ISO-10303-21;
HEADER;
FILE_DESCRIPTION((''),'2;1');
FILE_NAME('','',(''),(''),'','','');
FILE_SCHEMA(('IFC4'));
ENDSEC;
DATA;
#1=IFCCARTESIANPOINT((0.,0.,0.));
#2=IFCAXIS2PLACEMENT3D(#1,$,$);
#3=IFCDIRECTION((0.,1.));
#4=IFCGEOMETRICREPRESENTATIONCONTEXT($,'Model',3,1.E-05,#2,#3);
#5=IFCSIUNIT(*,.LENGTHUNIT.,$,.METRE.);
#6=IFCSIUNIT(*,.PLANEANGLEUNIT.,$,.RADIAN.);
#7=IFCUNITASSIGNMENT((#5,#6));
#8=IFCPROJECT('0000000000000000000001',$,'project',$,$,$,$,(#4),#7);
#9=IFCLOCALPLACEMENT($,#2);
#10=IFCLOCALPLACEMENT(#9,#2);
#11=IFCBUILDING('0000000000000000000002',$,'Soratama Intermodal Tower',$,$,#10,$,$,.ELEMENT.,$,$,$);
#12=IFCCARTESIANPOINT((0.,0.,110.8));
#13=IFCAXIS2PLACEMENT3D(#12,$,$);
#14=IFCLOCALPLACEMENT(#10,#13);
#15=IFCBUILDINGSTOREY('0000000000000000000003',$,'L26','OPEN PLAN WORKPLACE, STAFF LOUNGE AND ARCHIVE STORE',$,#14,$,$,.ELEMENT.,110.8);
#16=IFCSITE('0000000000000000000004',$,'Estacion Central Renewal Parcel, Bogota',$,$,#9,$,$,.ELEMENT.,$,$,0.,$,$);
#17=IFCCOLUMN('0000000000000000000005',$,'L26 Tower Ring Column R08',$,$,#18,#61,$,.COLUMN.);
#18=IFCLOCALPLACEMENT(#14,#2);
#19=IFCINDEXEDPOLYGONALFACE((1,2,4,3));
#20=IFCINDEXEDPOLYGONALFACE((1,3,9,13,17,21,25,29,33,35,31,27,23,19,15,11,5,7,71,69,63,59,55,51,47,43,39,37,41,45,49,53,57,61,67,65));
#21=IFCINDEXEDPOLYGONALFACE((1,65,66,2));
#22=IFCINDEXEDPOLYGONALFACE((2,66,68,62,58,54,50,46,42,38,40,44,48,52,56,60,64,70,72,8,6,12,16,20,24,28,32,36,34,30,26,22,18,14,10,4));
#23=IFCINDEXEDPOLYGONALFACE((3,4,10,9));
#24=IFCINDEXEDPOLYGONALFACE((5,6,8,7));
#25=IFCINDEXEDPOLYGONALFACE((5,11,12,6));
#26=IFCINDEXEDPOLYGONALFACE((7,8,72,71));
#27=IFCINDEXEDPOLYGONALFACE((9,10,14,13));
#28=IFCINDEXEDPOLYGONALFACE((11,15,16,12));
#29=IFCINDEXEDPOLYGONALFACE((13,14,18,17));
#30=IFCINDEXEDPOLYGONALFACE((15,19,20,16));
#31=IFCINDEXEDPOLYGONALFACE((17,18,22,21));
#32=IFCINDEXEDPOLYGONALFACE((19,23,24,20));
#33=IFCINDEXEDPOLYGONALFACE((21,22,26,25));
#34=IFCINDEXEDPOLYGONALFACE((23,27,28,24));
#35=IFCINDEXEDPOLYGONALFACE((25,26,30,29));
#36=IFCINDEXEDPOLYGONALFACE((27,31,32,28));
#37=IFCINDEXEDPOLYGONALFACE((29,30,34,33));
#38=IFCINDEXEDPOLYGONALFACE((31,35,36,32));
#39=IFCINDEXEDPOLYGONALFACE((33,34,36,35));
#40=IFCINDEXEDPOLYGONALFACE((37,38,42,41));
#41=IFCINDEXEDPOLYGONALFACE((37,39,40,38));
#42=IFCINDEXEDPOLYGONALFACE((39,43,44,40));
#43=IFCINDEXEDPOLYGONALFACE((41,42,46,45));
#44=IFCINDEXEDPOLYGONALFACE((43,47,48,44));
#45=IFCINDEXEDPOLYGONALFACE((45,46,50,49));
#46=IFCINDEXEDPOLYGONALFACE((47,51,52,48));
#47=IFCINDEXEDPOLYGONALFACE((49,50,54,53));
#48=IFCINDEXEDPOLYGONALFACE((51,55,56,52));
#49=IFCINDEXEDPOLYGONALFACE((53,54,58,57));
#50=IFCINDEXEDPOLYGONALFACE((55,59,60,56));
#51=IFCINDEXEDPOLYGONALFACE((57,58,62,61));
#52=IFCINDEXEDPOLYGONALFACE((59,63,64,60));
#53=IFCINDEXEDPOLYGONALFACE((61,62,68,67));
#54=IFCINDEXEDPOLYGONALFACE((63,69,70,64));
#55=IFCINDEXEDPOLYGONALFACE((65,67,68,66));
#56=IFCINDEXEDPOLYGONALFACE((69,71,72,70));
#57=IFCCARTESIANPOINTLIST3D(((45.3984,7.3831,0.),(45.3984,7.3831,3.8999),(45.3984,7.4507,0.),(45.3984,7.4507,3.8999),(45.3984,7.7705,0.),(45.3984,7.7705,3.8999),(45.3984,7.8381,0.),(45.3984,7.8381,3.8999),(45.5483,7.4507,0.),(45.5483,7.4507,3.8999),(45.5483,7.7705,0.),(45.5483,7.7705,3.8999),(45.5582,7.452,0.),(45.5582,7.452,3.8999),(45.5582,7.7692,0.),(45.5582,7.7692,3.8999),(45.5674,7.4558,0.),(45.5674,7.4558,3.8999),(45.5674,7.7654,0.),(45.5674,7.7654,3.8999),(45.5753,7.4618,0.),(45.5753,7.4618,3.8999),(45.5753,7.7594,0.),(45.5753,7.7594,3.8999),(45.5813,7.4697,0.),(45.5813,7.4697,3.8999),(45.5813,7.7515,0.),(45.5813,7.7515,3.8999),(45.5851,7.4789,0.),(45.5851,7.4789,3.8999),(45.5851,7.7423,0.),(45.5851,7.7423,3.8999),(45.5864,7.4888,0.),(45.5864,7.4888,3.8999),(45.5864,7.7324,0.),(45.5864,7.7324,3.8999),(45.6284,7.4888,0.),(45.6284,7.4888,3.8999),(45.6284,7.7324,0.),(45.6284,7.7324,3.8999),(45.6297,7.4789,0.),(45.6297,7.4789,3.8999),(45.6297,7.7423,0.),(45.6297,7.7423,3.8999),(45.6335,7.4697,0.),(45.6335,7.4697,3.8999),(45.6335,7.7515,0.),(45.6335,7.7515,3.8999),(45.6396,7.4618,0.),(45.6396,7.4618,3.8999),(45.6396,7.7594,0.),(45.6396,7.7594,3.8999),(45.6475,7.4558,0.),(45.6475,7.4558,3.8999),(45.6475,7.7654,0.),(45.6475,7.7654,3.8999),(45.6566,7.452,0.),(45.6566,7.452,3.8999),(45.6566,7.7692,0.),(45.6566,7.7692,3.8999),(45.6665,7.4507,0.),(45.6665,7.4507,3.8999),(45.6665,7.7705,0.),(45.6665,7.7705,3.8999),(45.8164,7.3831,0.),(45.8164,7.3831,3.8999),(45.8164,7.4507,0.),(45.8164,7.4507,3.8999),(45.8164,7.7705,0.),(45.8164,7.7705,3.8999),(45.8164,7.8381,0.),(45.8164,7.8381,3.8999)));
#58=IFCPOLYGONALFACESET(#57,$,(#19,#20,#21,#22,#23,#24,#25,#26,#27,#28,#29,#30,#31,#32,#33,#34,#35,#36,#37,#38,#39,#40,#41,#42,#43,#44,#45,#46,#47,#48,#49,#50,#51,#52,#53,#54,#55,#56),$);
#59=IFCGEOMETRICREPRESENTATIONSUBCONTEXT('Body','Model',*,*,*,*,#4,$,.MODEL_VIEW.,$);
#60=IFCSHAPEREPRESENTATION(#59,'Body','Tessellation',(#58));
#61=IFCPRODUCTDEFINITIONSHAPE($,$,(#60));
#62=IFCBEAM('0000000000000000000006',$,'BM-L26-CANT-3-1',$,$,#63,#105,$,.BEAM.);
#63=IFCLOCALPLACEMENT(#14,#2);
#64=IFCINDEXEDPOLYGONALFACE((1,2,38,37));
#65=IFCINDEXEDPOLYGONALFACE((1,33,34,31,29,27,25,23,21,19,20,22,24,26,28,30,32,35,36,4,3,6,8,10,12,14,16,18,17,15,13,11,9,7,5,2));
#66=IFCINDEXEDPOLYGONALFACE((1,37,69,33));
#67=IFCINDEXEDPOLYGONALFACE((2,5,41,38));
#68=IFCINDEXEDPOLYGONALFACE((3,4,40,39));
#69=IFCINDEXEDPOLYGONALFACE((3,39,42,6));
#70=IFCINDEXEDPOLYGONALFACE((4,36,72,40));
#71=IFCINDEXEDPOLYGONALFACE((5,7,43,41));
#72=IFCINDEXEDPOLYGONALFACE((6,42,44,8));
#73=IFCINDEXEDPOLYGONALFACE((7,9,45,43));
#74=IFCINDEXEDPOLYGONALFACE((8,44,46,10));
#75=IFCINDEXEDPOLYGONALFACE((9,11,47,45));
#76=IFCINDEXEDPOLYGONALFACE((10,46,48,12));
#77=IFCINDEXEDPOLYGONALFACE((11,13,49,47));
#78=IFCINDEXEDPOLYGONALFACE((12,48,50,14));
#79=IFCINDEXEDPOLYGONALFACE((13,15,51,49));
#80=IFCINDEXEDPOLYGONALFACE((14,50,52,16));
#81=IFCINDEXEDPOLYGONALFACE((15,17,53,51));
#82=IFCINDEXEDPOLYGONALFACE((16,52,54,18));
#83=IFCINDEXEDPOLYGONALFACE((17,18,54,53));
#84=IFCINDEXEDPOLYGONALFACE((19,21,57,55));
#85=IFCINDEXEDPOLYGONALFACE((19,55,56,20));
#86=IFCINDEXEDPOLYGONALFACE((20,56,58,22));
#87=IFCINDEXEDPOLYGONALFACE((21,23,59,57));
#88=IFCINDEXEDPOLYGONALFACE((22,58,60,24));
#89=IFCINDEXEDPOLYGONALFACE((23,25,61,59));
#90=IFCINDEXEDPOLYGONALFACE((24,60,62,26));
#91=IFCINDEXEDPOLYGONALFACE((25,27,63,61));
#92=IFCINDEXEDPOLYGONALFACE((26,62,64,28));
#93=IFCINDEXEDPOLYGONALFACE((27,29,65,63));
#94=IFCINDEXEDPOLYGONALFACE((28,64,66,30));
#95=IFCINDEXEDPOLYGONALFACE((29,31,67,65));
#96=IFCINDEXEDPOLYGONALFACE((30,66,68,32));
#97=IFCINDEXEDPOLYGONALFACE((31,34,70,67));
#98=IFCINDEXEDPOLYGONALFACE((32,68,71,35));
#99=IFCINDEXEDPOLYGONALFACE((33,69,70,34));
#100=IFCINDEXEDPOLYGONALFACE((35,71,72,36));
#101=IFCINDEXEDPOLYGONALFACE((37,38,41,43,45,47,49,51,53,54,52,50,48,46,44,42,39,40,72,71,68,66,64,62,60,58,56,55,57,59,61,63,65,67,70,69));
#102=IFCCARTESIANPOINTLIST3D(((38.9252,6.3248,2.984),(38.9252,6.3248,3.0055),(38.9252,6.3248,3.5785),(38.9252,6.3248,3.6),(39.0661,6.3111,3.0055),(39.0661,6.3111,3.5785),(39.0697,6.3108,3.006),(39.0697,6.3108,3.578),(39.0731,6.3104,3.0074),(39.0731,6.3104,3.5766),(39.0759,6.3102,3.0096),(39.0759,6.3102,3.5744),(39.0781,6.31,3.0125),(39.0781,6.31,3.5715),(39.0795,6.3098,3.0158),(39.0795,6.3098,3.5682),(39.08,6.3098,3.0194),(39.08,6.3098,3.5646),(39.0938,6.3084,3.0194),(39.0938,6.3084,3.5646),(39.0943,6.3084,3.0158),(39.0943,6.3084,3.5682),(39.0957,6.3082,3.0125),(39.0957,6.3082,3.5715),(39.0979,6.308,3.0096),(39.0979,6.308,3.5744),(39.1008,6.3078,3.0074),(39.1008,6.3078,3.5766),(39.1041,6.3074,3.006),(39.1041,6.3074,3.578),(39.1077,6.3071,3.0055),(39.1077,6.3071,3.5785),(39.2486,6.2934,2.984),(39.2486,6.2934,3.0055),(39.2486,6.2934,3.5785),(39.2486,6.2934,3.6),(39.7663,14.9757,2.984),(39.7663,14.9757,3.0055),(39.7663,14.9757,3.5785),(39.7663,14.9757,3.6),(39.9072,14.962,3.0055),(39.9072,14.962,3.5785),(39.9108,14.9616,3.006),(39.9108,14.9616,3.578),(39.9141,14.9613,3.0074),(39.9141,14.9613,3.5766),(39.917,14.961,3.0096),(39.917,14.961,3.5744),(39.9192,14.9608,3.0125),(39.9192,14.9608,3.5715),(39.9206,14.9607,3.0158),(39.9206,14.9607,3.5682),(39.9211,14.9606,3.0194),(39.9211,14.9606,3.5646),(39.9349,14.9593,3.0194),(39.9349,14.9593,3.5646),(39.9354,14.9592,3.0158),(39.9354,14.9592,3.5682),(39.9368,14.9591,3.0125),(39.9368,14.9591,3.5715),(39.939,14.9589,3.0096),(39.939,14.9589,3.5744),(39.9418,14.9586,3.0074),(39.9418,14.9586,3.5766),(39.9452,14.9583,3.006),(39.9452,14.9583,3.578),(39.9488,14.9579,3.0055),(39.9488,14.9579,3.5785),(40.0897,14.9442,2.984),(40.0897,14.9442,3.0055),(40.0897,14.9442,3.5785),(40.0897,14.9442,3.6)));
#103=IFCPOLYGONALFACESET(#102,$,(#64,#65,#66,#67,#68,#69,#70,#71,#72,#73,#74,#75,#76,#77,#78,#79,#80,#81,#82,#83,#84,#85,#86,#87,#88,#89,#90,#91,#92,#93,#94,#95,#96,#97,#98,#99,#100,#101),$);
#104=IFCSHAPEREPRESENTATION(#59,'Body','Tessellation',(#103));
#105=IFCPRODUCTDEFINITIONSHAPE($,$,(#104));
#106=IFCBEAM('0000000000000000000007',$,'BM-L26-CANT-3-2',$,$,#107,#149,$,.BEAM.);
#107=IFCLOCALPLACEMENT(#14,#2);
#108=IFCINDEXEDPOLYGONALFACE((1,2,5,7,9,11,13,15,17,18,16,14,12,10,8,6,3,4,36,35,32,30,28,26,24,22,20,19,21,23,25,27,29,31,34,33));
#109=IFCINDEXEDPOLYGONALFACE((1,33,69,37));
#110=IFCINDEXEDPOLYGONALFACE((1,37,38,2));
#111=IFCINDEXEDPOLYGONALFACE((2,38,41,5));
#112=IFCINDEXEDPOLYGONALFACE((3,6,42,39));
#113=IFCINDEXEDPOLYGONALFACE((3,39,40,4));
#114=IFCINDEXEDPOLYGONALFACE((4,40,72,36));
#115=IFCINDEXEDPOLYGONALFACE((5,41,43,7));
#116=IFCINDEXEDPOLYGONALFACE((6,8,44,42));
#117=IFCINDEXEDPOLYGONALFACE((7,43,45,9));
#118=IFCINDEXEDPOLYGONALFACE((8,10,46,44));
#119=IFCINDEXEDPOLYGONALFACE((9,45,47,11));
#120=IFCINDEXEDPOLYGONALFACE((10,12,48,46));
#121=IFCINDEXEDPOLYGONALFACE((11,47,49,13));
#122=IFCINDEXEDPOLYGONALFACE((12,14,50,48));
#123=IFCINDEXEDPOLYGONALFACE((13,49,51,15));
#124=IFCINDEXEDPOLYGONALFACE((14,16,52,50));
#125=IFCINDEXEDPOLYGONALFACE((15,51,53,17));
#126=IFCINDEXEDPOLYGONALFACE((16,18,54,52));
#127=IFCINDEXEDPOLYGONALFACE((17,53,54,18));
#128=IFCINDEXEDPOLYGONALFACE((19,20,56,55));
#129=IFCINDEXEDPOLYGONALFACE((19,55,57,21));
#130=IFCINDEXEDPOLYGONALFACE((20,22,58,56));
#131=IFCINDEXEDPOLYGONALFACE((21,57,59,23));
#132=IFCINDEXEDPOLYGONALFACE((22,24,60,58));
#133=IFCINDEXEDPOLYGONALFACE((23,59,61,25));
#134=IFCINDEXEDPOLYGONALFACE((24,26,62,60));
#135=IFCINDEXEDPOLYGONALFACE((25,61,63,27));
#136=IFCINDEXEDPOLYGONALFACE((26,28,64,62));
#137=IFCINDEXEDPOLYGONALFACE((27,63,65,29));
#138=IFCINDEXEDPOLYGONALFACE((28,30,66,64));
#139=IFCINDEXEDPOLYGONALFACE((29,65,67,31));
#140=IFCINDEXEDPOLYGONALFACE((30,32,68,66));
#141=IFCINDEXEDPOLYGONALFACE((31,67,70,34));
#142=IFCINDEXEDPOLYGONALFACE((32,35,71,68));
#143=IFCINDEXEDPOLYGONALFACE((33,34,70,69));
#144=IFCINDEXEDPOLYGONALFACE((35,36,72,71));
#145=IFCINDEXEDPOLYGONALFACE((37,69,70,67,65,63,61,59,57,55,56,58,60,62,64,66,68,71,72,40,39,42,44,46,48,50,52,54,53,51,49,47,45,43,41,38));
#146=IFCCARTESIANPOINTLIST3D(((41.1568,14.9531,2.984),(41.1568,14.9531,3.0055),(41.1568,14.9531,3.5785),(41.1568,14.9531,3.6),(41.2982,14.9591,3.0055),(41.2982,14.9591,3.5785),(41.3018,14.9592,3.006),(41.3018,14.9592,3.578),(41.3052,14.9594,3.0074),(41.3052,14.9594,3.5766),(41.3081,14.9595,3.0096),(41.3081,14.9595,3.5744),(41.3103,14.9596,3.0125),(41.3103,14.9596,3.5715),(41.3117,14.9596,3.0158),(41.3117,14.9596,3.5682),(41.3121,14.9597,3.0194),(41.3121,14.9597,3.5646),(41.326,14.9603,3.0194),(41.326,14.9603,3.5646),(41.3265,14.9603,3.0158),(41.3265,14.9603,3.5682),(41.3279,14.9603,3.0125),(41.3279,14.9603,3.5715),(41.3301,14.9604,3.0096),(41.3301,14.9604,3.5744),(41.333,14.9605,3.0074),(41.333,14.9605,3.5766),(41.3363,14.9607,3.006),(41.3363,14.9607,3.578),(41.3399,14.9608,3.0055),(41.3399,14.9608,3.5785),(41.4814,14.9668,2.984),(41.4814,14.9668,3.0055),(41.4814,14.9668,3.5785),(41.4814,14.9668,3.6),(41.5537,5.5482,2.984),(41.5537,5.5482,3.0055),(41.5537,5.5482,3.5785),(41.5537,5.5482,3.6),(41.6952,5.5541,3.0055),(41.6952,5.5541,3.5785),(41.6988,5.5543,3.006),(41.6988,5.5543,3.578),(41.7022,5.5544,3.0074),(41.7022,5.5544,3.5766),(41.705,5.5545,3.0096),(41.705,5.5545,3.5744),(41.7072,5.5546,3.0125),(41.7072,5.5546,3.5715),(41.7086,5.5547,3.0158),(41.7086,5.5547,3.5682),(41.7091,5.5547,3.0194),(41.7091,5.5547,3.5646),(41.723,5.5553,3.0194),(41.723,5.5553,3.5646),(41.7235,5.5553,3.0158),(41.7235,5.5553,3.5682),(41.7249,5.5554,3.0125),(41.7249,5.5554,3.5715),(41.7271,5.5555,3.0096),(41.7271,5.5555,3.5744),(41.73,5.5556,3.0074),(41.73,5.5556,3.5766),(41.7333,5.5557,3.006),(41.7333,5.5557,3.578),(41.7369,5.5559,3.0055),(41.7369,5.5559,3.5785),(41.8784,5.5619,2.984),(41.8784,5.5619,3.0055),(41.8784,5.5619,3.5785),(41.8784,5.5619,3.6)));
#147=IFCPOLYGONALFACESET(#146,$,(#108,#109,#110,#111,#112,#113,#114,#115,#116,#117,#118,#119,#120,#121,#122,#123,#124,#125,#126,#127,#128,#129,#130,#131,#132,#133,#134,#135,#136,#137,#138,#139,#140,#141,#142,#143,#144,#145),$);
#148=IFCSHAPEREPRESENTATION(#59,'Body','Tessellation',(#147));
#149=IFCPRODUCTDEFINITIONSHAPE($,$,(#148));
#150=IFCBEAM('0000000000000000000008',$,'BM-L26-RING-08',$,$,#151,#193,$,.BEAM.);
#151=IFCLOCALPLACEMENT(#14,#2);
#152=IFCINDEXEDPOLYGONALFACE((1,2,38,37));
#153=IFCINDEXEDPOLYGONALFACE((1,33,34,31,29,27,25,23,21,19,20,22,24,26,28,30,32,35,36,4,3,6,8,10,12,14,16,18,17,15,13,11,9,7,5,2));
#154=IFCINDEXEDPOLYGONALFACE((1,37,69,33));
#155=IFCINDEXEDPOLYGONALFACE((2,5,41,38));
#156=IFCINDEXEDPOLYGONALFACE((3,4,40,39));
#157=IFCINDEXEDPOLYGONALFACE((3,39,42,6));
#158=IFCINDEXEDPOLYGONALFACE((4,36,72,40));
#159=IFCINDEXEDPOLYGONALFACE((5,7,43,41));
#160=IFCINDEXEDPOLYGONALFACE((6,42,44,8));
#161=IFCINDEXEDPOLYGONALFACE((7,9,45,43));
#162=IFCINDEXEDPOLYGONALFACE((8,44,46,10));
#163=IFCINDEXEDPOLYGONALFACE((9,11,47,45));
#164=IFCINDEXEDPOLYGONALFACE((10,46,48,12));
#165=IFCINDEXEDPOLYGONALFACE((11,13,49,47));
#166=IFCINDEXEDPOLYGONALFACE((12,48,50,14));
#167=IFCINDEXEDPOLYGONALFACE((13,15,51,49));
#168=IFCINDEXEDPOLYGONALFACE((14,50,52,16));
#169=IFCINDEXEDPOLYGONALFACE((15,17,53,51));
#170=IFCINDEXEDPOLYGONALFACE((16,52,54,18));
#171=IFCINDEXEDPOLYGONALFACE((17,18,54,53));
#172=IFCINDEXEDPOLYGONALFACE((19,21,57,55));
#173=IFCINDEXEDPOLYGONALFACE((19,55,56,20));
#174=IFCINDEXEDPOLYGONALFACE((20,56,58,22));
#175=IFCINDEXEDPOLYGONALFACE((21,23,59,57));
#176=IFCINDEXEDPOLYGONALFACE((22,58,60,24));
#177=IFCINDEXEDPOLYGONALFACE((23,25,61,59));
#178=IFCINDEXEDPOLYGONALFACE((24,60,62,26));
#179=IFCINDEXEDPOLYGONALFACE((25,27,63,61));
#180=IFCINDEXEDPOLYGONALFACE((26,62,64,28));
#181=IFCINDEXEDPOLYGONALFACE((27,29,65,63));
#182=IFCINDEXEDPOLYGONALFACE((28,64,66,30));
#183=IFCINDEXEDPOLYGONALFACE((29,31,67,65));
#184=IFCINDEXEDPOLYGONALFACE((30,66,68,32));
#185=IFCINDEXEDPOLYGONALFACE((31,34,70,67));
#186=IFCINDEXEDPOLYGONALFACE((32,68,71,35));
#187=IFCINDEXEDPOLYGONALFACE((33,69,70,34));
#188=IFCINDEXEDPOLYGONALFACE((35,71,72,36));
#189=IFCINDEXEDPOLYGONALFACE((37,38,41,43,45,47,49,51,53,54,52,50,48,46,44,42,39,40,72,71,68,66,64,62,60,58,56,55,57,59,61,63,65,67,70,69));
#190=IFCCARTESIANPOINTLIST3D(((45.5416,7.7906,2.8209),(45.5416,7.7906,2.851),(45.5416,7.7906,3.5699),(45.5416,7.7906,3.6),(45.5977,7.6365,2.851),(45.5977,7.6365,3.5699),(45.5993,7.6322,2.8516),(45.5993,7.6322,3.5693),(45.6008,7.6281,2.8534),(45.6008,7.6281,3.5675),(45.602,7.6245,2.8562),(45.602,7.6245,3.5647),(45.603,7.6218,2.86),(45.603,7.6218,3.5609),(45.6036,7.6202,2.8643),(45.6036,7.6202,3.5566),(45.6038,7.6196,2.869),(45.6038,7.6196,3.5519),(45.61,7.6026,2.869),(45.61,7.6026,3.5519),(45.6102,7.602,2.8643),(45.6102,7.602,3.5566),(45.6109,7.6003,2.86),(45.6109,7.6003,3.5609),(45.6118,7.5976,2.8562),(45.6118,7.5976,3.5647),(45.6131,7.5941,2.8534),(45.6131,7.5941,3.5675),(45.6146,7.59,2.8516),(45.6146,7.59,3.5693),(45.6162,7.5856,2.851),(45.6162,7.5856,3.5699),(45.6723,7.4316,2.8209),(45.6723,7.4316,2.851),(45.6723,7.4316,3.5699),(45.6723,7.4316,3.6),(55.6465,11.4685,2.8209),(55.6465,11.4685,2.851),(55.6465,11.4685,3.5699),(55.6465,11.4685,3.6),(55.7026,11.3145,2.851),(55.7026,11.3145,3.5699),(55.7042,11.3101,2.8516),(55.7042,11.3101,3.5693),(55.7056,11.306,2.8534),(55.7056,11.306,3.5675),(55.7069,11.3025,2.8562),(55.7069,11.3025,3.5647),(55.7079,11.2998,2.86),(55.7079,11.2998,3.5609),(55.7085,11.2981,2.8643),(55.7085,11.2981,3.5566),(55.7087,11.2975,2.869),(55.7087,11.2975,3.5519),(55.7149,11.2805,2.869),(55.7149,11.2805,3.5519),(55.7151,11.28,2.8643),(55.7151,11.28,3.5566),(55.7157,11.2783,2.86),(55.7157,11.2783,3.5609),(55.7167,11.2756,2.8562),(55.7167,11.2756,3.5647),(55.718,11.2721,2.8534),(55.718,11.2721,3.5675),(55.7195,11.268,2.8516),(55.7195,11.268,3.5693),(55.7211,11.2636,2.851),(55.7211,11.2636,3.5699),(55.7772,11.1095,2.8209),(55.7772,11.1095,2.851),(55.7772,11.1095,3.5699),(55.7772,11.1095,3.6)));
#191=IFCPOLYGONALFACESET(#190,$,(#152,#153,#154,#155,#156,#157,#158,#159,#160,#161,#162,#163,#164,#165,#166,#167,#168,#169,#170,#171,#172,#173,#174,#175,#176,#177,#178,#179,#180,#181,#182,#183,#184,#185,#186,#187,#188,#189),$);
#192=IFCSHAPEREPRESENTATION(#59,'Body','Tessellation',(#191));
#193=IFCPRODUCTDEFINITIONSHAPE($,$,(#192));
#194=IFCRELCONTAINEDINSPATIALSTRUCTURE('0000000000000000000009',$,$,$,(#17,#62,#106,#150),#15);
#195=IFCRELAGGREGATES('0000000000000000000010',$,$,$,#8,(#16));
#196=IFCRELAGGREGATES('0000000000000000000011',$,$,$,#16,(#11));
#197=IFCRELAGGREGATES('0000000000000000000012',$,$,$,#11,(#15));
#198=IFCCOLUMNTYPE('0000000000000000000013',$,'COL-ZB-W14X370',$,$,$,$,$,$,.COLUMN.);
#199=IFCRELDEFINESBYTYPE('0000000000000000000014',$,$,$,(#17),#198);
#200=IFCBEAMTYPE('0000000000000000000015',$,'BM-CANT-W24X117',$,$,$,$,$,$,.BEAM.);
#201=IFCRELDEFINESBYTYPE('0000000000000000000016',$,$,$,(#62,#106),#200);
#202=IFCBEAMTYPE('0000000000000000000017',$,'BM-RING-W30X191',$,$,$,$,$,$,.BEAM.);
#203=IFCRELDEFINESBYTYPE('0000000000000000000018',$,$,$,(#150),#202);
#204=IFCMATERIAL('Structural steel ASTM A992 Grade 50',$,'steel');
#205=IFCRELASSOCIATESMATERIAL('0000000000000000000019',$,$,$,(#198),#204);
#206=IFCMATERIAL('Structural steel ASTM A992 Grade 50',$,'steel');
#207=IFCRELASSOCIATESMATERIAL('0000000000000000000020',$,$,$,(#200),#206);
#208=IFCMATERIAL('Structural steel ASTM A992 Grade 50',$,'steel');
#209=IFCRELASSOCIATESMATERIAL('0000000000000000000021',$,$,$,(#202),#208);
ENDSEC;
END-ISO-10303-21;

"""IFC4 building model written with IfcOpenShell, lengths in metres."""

from ifc_helpers import new_model, si_unit, direction, frame, origin, origin_2d, place, context, subcontext, project, spatial, i_section, extrude, material, material_profile, profile_set, type_object, element, save


model = new_model("IFC4")

# Units and contexts
model_context = context("Model", 3, precision=1e-05, world=origin(), true_north=direction((0.0, 1.0)))
body_context = subcontext(model_context, "Body", "Model", "MODEL_VIEW")
ifc_project = project(units=[si_unit("LENGTHUNIT", "METRE"), si_unit("PLANEANGLEUNIT", "RADIAN")], contexts=[model_context])

# Site, building, storey
site_placement = place(None, origin())
site = spatial("IfcSite", under=ifc_project, at=site_placement, Name="Estacion Central Renewal Parcel, Bogota", CompositionType="ELEMENT", RefElevation=0.0)
building_placement = place(site_placement, origin())
building = spatial("IfcBuilding", under=site, at=building_placement, Name="Soratama Intermodal Tower", CompositionType="ELEMENT")
storey_placement = place(building_placement, frame((0.0, 0.0, 110.8)))
storey = spatial("IfcBuildingStorey", under=building, at=storey_placement, Name="L26", Description="OPEN PLAN WORKPLACE, STAFF LOUNGE AND ARCHIVE STORE", CompositionType="ELEMENT", Elevation=110.8)

# Column
ifc_material_1 = material(Name="Structural steel ASTM A992 Grade 50", Category="steel")
ifc_material_profile_1 = material_profile(ifc_material_1, i_section(OverallWidth=0.418, OverallDepth=0.4551, WebThickness=0.042, FlangeThickness=0.0676, FilletRadius=0.0381, at=origin_2d()), Name="W14X370")
ifc_profile_set_1 = profile_set([ifc_material_profile_1], Name="Structural steel ASTM A992 Grade 50")
column_type = type_object("IfcColumnType", Name="COL-ZB-W14X370", PredefinedType="COLUMN", material=ifc_profile_set_1)
column_placement = place(storey_placement, frame((45.6074, 7.6106, 0.0), z_axis=(0.0, 0.0, 1.0), x_axis=(1.0, 0.0, 0.0)))
element("IfcColumn", 1, at=column_placement, inside=storey, type_object=column_type, Name="L26 Tower Ring Column R08", PredefinedType="COLUMN", context=body_context, shape_type="SweptSolid", body=[
    extrude(i_section(OverallWidth=0.418, OverallDepth=0.4551, WebThickness=0.042, FlangeThickness=0.0676, FilletRadius=0.0381, at=origin_2d()), origin(), (0.0, 0.0, 1.0), 3.8999),
])

# Beams
ifc_material_2 = material(Name="Structural steel ASTM A992 Grade 50", Category="steel")
ifc_material_profile_2 = material_profile(ifc_material_2, i_section(OverallWidth=0.325, OverallDepth=0.616, WebThickness=0.0139, FlangeThickness=0.0215, FilletRadius=0.0139, at=origin_2d()), Name="W24X117")
ifc_profile_set_2 = profile_set([ifc_material_profile_2], Name="Structural steel ASTM A992 Grade 50")
beam_type_1 = type_object("IfcBeamType", Name="BM-CANT-W24X117", PredefinedType="BEAM", material=ifc_profile_set_2)
beam_1_placement = place(storey_placement, frame((39.928, 14.96, 3.292), z_axis=(-0.096767, -0.995307, 0.0), x_axis=(0.995307, -0.096767, 0.0)))
element("IfcBeam", 2, at=beam_1_placement, inside=storey, type_object=beam_type_1, Name="BM-L26-CANT-3-1", PredefinedType="BEAM", context=body_context, shape_type="SweptSolid", body=[
    extrude(i_section(OverallWidth=0.325, OverallDepth=0.616, WebThickness=0.0139, FlangeThickness=0.0215, FilletRadius=0.0139, at=origin_2d()), origin(), (0.0, 0.0, 1.0), 8.6917),
])
beam_2_placement = place(storey_placement, frame((41.3191, 14.96, 3.292), z_axis=(0.042171, -0.99911, 0.0), x_axis=(0.99911, 0.042171, 0.0)))
element("IfcBeam", 3, at=beam_2_placement, inside=storey, type_object=beam_type_1, Name="BM-L26-CANT-3-2", PredefinedType="BEAM", context=body_context, shape_type="SweptSolid", body=[
    extrude(i_section(OverallWidth=0.325, OverallDepth=0.616, WebThickness=0.0139, FlangeThickness=0.0215, FilletRadius=0.0139, at=origin_2d()), origin(), (0.0, 0.0, 1.0), 9.4133),
])
ifc_material_3 = material(Name="Structural steel ASTM A992 Grade 50", Category="steel")
ifc_material_profile_3 = material_profile(ifc_material_3, i_section(OverallWidth=0.3821, OverallDepth=0.7791, WebThickness=0.0181, FlangeThickness=0.03, FilletRadius=0.0181, at=origin_2d()), Name="W30X191")
ifc_profile_set_3 = profile_set([ifc_material_profile_3], Name="Structural steel ASTM A992 Grade 50")
beam_type_2 = type_object("IfcBeamType", Name="BM-RING-W30X191", PredefinedType="BEAM", material=ifc_profile_set_3)
beam_3_placement = place(storey_placement, frame((45.6069, 7.6111, 3.2104), z_axis=(0.939691, 0.342026, 0.0), x_axis=(-0.342026, 0.939691, 0.0)))
element("IfcBeam", 4, at=beam_3_placement, inside=storey, type_object=beam_type_2, Name="BM-L26-RING-08", PredefinedType="BEAM", context=body_context, shape_type="SweptSolid", body=[
    extrude(i_section(OverallWidth=0.3821, OverallDepth=0.7791, WebThickness=0.0181, FlangeThickness=0.03, FilletRadius=0.0181, at=origin_2d()), origin(), (0.0, 0.0, 1.0), 10.7534),
])

save(model, "model.ifc")
